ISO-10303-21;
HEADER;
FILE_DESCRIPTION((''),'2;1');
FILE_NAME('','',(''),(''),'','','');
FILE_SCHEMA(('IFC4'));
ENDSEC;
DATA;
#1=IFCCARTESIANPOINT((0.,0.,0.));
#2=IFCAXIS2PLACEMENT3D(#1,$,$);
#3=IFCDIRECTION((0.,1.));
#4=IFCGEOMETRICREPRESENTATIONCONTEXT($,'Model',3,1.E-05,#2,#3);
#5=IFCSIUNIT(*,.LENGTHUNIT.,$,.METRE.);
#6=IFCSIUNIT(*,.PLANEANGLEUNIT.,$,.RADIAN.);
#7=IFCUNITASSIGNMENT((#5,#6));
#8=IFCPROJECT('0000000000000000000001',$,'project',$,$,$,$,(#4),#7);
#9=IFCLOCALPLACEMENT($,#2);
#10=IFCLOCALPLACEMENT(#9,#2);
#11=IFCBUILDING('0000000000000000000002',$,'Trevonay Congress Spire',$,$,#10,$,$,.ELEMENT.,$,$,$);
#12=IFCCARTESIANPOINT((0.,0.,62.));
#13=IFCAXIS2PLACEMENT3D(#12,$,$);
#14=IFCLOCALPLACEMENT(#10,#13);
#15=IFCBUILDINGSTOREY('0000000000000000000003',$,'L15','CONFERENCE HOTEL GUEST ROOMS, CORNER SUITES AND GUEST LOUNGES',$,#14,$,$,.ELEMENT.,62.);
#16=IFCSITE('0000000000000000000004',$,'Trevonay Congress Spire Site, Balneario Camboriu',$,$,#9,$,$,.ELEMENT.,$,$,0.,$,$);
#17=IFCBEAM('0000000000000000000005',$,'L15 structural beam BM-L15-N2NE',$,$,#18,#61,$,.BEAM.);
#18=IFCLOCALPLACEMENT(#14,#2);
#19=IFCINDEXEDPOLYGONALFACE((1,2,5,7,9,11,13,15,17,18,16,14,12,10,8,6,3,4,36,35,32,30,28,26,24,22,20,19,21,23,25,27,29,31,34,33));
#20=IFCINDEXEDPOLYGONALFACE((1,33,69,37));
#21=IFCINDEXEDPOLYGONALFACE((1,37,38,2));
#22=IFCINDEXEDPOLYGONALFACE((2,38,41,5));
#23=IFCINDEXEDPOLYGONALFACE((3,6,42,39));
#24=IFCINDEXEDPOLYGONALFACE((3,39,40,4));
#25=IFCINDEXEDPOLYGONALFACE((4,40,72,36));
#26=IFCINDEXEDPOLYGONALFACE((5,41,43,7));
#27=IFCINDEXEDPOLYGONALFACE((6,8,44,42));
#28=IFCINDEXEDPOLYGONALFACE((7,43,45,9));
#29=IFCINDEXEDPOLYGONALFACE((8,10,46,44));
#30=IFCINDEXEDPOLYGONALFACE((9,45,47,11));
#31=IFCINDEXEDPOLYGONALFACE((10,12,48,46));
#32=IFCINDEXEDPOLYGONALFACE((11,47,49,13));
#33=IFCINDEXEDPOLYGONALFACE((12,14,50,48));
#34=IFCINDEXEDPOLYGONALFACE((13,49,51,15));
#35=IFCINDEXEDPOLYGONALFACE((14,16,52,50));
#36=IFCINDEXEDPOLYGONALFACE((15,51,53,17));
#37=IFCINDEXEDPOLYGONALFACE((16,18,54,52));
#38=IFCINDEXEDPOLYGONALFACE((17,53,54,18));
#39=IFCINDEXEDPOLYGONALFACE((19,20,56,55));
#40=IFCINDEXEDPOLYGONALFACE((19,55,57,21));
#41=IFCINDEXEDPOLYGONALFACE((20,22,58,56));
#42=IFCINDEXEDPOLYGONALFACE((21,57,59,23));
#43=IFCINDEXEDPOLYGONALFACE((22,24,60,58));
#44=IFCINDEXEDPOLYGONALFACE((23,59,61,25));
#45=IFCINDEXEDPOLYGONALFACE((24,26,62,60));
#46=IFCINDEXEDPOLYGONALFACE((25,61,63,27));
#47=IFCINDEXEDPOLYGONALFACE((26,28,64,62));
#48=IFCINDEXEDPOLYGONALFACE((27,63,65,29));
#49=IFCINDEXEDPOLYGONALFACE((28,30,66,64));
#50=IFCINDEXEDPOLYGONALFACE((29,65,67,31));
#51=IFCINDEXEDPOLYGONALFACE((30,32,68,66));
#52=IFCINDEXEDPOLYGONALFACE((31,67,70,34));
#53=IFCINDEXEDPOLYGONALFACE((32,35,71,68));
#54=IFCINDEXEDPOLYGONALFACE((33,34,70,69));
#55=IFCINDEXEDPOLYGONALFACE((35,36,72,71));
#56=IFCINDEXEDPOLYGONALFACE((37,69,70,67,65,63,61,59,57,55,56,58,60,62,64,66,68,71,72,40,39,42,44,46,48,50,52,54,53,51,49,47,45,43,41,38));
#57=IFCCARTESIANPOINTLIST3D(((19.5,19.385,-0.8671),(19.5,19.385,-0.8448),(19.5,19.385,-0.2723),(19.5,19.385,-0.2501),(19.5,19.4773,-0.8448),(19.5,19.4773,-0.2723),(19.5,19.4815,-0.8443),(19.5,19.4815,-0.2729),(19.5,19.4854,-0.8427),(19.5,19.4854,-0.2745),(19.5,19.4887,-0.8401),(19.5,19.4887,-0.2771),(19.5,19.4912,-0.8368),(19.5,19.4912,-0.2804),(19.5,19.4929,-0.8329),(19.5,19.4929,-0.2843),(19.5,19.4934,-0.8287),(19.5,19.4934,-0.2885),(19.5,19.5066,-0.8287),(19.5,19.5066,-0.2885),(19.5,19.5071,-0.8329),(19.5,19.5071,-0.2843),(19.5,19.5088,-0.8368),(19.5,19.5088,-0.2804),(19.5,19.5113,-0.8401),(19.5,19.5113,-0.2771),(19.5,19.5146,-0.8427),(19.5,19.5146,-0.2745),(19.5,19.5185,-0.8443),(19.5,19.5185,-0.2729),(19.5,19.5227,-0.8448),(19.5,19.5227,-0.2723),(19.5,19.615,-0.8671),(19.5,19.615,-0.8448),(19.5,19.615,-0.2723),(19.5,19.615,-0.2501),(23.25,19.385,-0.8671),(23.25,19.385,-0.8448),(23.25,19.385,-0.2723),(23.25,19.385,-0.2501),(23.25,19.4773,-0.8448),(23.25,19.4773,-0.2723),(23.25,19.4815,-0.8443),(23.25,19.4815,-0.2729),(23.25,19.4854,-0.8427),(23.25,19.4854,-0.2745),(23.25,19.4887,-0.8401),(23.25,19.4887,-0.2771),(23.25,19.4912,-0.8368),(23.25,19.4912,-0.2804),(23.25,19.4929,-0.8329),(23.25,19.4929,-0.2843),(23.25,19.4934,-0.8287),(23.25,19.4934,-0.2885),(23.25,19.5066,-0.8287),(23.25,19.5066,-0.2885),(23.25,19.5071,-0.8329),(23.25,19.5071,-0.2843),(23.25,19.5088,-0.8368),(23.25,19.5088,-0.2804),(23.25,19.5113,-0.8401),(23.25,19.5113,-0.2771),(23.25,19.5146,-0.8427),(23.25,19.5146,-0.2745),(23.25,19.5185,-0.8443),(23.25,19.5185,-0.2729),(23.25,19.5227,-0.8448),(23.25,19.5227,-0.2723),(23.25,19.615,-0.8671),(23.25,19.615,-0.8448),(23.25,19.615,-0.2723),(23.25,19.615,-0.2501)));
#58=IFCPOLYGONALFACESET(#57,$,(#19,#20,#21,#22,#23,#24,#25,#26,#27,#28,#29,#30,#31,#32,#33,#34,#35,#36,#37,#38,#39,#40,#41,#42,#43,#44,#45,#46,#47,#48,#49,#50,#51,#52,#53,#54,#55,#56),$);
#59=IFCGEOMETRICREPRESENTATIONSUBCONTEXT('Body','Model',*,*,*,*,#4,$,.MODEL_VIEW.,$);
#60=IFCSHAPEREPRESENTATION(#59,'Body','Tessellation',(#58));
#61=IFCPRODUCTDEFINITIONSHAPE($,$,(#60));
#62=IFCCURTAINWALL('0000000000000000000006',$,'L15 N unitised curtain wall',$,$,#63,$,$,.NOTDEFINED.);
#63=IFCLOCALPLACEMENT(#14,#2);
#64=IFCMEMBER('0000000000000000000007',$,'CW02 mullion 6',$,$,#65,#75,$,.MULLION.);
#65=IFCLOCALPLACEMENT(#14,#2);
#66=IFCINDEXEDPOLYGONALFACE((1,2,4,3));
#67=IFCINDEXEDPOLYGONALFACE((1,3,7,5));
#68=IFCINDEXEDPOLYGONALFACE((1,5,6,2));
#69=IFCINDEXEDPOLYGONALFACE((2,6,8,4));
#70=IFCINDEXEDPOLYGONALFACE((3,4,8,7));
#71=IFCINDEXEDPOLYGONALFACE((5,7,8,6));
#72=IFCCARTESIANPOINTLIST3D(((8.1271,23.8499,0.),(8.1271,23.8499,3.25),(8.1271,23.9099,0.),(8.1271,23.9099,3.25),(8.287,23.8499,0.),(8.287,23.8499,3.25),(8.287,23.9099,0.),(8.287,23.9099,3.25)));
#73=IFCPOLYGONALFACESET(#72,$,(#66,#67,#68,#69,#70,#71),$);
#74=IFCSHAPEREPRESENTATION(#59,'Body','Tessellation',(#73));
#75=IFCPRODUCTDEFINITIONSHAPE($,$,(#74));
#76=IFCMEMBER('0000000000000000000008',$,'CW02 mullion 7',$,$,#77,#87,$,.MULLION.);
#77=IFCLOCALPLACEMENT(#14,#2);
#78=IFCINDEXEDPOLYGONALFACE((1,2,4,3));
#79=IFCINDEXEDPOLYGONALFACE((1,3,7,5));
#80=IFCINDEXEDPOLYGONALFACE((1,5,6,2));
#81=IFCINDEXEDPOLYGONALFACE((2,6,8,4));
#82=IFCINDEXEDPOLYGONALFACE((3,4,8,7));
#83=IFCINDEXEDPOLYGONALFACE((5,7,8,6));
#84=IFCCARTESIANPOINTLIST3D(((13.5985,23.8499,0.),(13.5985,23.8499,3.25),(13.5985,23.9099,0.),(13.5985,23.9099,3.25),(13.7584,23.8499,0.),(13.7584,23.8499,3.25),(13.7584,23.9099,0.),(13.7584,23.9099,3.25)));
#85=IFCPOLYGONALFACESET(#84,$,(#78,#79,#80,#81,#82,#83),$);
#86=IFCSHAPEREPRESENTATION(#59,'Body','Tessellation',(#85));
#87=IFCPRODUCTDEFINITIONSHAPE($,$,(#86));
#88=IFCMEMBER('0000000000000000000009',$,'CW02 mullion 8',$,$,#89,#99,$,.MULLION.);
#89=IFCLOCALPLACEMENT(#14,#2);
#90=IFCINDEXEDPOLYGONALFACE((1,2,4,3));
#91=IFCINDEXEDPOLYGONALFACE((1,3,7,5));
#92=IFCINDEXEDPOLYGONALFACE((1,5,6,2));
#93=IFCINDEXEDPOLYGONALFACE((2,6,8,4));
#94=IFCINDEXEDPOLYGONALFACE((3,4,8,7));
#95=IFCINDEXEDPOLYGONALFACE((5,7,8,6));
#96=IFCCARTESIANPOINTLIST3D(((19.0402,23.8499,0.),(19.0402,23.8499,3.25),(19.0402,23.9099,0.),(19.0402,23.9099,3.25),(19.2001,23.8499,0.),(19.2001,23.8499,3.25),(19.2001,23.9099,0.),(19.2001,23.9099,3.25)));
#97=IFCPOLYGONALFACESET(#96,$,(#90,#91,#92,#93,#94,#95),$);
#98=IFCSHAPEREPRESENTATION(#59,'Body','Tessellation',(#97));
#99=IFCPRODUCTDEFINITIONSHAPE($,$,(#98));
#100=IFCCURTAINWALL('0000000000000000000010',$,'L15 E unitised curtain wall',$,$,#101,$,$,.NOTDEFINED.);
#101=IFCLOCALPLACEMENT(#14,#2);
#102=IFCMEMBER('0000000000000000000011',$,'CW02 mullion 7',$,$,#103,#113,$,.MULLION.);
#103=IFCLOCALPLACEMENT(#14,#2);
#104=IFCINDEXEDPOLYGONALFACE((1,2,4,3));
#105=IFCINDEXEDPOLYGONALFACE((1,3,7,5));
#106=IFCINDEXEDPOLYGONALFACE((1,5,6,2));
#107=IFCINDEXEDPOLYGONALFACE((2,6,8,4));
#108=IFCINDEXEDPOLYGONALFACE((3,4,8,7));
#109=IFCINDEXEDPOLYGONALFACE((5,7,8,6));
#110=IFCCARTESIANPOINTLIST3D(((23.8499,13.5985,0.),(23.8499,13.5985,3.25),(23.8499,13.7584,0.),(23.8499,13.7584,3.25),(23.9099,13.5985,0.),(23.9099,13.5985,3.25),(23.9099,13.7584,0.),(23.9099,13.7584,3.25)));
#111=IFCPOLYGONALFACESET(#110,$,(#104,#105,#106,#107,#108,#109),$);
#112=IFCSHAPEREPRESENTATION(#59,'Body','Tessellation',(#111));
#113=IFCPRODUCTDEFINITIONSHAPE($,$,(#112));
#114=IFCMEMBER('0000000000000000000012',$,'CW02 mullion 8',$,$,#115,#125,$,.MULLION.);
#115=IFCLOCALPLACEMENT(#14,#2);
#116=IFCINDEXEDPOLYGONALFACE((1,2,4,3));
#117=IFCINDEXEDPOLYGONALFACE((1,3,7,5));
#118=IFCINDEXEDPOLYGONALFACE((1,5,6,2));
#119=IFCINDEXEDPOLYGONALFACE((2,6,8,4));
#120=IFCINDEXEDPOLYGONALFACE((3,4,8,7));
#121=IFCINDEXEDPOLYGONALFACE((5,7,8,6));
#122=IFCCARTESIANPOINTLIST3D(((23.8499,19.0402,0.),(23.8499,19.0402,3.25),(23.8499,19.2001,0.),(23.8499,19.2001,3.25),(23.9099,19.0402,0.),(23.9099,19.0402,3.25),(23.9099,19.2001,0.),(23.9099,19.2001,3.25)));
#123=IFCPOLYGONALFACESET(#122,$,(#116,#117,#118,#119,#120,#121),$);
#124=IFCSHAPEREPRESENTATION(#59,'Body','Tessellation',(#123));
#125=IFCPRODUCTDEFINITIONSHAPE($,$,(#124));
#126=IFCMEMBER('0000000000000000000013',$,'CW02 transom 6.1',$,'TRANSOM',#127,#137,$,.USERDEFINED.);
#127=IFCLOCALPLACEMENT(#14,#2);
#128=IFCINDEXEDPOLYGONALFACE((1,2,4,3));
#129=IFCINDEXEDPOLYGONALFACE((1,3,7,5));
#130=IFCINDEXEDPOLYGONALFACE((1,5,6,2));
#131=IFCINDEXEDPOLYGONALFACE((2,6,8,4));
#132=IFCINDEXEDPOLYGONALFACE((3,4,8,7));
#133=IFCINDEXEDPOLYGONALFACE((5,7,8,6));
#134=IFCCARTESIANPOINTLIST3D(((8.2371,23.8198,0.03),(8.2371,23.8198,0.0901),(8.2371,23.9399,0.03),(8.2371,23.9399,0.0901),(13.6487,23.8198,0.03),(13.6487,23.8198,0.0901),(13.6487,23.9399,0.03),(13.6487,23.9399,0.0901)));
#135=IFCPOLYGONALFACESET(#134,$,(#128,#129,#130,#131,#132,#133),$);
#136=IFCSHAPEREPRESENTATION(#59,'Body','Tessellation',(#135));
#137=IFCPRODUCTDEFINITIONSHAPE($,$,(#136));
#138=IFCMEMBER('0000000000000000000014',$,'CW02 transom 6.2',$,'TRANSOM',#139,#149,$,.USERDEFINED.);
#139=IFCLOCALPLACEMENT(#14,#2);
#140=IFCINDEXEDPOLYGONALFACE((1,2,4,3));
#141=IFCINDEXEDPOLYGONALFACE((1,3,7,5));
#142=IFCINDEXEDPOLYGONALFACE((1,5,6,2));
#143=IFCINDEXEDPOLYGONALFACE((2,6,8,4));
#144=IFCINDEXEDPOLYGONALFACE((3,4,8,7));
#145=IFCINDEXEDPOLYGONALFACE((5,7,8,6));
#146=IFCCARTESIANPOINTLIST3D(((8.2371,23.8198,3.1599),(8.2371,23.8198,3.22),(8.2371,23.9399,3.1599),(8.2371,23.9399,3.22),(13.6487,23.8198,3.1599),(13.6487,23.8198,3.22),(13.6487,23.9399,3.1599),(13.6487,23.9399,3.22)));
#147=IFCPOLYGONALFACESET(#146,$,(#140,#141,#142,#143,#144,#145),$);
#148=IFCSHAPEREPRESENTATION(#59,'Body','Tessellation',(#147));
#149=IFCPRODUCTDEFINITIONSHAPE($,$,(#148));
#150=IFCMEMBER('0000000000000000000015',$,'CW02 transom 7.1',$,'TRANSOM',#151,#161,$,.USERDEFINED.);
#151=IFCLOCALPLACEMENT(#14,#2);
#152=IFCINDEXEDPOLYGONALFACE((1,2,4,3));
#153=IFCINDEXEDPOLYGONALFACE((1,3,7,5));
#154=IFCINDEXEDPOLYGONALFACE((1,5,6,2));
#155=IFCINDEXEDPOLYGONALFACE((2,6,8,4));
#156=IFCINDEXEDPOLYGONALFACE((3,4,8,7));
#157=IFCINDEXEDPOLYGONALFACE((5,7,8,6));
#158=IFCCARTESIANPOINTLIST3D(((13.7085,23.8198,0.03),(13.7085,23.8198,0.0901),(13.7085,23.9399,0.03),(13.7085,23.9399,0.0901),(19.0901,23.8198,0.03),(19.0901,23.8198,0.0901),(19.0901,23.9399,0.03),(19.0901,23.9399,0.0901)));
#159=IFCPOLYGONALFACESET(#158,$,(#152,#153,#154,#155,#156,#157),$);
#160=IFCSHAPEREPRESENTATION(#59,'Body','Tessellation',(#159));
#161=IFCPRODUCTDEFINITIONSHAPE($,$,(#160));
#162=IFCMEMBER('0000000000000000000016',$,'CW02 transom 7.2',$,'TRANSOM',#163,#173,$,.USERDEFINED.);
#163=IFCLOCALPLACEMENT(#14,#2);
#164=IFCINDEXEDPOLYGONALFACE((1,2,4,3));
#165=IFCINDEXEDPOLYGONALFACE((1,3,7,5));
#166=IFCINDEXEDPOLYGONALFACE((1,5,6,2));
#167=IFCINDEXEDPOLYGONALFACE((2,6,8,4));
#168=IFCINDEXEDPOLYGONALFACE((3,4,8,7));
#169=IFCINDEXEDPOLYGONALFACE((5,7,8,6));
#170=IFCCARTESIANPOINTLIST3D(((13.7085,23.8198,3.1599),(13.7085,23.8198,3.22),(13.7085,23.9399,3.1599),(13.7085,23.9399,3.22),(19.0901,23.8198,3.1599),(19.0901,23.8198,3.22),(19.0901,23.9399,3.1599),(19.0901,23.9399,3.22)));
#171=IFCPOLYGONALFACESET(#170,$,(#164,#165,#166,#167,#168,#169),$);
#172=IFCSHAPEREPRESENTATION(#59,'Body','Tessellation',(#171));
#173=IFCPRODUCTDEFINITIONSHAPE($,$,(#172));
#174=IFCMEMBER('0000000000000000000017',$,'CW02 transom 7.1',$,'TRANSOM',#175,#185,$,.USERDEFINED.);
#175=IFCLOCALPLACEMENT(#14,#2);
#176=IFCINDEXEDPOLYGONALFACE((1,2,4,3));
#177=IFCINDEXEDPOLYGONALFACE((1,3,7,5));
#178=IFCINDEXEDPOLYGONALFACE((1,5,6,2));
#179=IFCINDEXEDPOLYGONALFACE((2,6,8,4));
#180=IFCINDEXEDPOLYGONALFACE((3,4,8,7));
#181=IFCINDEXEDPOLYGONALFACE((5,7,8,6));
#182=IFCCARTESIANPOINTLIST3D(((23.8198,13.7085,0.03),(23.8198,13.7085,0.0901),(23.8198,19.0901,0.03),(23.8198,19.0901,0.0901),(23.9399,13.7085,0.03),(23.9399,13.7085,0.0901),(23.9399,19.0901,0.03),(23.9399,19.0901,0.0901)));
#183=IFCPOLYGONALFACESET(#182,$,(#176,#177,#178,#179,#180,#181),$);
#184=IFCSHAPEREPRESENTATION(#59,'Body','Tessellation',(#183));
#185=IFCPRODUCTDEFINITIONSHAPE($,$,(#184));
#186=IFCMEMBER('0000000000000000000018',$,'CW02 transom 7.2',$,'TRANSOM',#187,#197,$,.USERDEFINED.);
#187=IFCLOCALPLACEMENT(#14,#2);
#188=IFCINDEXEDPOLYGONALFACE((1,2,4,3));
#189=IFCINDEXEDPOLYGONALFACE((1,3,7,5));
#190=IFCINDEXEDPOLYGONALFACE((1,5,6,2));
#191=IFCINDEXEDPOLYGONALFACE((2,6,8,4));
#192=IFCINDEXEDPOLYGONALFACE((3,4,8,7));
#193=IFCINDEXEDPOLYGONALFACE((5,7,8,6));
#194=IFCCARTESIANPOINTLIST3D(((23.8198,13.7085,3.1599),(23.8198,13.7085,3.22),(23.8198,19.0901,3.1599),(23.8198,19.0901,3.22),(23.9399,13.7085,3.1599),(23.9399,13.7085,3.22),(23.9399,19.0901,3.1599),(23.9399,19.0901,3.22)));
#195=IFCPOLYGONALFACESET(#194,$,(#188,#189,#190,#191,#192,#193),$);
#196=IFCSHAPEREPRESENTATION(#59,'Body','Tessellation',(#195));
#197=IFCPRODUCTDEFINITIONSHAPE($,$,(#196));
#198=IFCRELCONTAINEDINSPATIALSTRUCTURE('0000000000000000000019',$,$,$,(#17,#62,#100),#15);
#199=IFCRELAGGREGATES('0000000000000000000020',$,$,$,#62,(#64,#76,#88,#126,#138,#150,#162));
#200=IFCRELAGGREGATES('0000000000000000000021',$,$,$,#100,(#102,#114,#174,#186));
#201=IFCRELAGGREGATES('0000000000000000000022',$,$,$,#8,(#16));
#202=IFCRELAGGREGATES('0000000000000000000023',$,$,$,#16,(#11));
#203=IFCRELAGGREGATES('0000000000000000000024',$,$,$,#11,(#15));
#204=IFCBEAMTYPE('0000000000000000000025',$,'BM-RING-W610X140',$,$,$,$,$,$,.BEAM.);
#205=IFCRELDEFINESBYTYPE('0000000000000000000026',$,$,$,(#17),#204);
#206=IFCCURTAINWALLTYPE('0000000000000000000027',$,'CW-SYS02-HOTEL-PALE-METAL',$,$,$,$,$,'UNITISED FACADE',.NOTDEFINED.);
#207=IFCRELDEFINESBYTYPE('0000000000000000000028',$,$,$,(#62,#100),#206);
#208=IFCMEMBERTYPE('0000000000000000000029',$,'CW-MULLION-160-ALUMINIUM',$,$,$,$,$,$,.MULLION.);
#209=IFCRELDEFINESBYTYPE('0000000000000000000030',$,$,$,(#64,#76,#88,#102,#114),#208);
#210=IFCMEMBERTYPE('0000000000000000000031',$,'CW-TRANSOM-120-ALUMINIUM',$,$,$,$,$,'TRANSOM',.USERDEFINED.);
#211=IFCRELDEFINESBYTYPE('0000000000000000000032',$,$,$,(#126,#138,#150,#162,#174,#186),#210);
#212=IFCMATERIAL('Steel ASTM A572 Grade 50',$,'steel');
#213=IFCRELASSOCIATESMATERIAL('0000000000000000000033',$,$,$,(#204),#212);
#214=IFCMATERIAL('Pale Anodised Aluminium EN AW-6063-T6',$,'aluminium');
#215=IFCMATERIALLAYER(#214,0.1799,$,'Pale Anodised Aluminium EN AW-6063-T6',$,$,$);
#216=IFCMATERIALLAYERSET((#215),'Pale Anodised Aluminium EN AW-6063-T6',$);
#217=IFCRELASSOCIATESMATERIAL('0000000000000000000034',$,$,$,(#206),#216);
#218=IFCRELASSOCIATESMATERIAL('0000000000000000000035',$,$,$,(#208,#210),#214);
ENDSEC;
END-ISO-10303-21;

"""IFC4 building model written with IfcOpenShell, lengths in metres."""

from ifc_helpers import new_model, si_unit, direction, frame, origin, origin_2d, place, context, subcontext, project, spatial, rectangle, i_section, extrude, material, layer, layer_set, material_profile, profile_set, type_object, element, aggregate, save


model = new_model("IFC4")

# Units and contexts
model_context = context("Model", 3, precision=1e-05, world=origin(), true_north=direction((0.0, 1.0)))
body_context = subcontext(model_context, "Body", "Model", "MODEL_VIEW")
ifc_project = project(units=[si_unit("LENGTHUNIT", "METRE"), si_unit("PLANEANGLEUNIT", "RADIAN")], contexts=[model_context])

# Site, building, storey
site_placement = place(None, origin())
site = spatial("IfcSite", under=ifc_project, at=site_placement, Name="Trevonay Congress Spire Site, Balneario Camboriu", CompositionType="ELEMENT", RefElevation=0.0)
building_placement = place(site_placement, origin())
building = spatial("IfcBuilding", under=site, at=building_placement, Name="Trevonay Congress Spire", CompositionType="ELEMENT")
storey_placement = place(building_placement, frame((0.0, 0.0, 62.0)))
storey = spatial("IfcBuildingStorey", under=building, at=storey_placement, Name="L15", Description="CONFERENCE HOTEL GUEST ROOMS, CORNER SUITES AND GUEST LOUNGES", CompositionType="ELEMENT", Elevation=62.0)

# Shared definitions
ifc_material_1 = material(Name="Steel ASTM A572 Grade 50", Category="steel")

# Beam
ifc_material_profile_1 = material_profile(ifc_material_1, i_section(OverallWidth=0.23, OverallDepth=0.6169, WebThickness=0.0132, FlangeThickness=0.0222, FilletRadius=0.0161, at=origin_2d()), Name="W610x140")
ifc_profile_set_1 = profile_set([ifc_material_profile_1], Name="Steel ASTM A572 Grade 50")
beam_type = type_object("IfcBeamType", Name="BM-RING-W610X140", PredefinedType="BEAM", material=ifc_profile_set_1)
for number, where, z_axis, x_axis, name in (
    (1, (23.25, 19.5, -0.5586), (-1.0, 0.0, 0.0), (0.0, -1.0, 0.0), "L15 structural beam BM-L15-N2NE"),
):
    element("IfcBeam", number, at=place(storey_placement, frame(where, z_axis=z_axis, x_axis=x_axis)), inside=storey, type_object=beam_type, Name=name, PredefinedType="BEAM", context=body_context, shape_type="SweptSolid", body=[
        extrude(i_section(OverallWidth=0.23, OverallDepth=0.6169, WebThickness=0.0132, FlangeThickness=0.0222, FilletRadius=0.0161, at=origin_2d()), origin(), (0.0, 0.0, 1.0), 3.75),
    ])

# Curtain walls, members
ifc_material_2 = material(Name="Pale Anodised Aluminium EN AW-6063-T6", Category="aluminium")
ifc_layer_1 = layer(ifc_material_2, 0.1799, Name="Pale Anodised Aluminium EN AW-6063-T6")
ifc_layer_set_1 = layer_set([ifc_layer_1], Name="Pale Anodised Aluminium EN AW-6063-T6")
curtain_wall_type = type_object("IfcCurtainWallType", Name="CW-SYS02-HOTEL-PALE-METAL", ElementType="UNITISED FACADE", PredefinedType="NOTDEFINED", material=ifc_layer_set_1)
curtain_wall_1_placement = place(storey_placement, origin())
curtain_wall_1 = element("IfcCurtainWall", 2, at=curtain_wall_1_placement, inside=storey, type_object=curtain_wall_type, Name="L15 N unitised curtain wall", PredefinedType="NOTDEFINED")
ifc_material_profile_2 = material_profile(ifc_material_2, rectangle(XDim=0.0601, YDim=0.1599, at=origin_2d()), Name="CW-MULLION-160-ALUMINIUM")
ifc_profile_set_2 = profile_set([ifc_material_profile_2], Name="Pale Anodised Aluminium EN AW-6063-T6")
member_type_1 = type_object("IfcMemberType", Name="CW-MULLION-160-ALUMINIUM", PredefinedType="MULLION", material=ifc_profile_set_2)
member_1_placement = place(storey_placement, frame((8.207, 23.8799, 0.0), z_axis=(0.0, 0.0, 1.0), x_axis=(0.0, 1.0, 0.0)))
member_1 = element("IfcMember", 3, at=member_1_placement, type_object=member_type_1, Name="CW02 mullion 6", PredefinedType="MULLION", context=body_context, shape_type="SweptSolid", body=[
    extrude(rectangle(XDim=0.0601, YDim=0.1599, at=origin_2d()), origin(), (0.0, 0.0, 1.0), 3.25),
])
member_2_placement = place(storey_placement, frame((13.6785, 23.8799, 0.0), z_axis=(0.0, 0.0, 1.0), x_axis=(0.0, 1.0, 0.0)))
member_2 = element("IfcMember", 4, at=member_2_placement, type_object=member_type_1, Name="CW02 mullion 7", PredefinedType="MULLION", context=body_context, shape_type="SweptSolid", body=[
    extrude(rectangle(XDim=0.0601, YDim=0.1599, at=origin_2d()), origin(), (0.0, 0.0, 1.0), 3.25),
])
member_3_placement = place(storey_placement, frame((19.1201, 23.8799, 0.0), z_axis=(0.0, 0.0, 1.0), x_axis=(0.0, 1.0, 0.0)))
member_3 = element("IfcMember", 5, at=member_3_placement, type_object=member_type_1, Name="CW02 mullion 8", PredefinedType="MULLION", context=body_context, shape_type="SweptSolid", body=[
    extrude(rectangle(XDim=0.0601, YDim=0.1599, at=origin_2d()), origin(), (0.0, 0.0, 1.0), 3.25),
])
curtain_wall_2_placement = place(storey_placement, origin())
curtain_wall_2 = element("IfcCurtainWall", 6, at=curtain_wall_2_placement, inside=storey, type_object=curtain_wall_type, Name="L15 E unitised curtain wall", PredefinedType="NOTDEFINED")
member_4_placement = place(storey_placement, frame((23.8799, 13.6785, 0.0), z_axis=(0.0, 0.0, 1.0), x_axis=(-1.0, 0.0, 0.0)))
member_4 = element("IfcMember", 7, at=member_4_placement, type_object=member_type_1, Name="CW02 mullion 7", PredefinedType="MULLION", context=body_context, shape_type="SweptSolid", body=[
    extrude(rectangle(XDim=0.0601, YDim=0.1599, at=origin_2d()), origin(), (0.0, 0.0, 1.0), 3.25),
])
member_5_placement = place(storey_placement, frame((23.8799, 19.1201, 0.0), z_axis=(0.0, 0.0, 1.0), x_axis=(-1.0, 0.0, 0.0)))
member_5 = element("IfcMember", 8, at=member_5_placement, type_object=member_type_1, Name="CW02 mullion 8", PredefinedType="MULLION", context=body_context, shape_type="SweptSolid", body=[
    extrude(rectangle(XDim=0.0601, YDim=0.1599, at=origin_2d()), origin(), (0.0, 0.0, 1.0), 3.25),
])

# Members
ifc_material_profile_3 = material_profile(ifc_material_2, rectangle(XDim=0.1201, YDim=0.0601, at=origin_2d()), Name="CW-TRANSOM-120-ALUMINIUM")
ifc_profile_set_3 = profile_set([ifc_material_profile_3], Name="Pale Anodised Aluminium EN AW-6063-T6")
member_type_2 = type_object("IfcMemberType", Name="CW-TRANSOM-120-ALUMINIUM", ElementType="TRANSOM", PredefinedType="USERDEFINED", material=ifc_profile_set_3)
member_6_placement = place(storey_placement, frame((8.2371, 23.8799, 0.0601), z_axis=(1.0, 0.0, 0.0), x_axis=(0.0, 1.0, 0.0)))
member_6 = element("IfcMember", 9, at=member_6_placement, type_object=member_type_2, Name="CW02 transom 6.1", ObjectType="TRANSOM", PredefinedType="USERDEFINED", context=body_context, shape_type="SweptSolid", body=[
    extrude(rectangle(XDim=0.1201, YDim=0.0601, at=origin_2d()), origin(), (0.0, 0.0, 1.0), 5.4116),
])
member_7_placement = place(storey_placement, frame((8.2371, 23.8799, 3.1899), z_axis=(1.0, 0.0, 0.0), x_axis=(0.0, 1.0, 0.0)))
member_7 = element("IfcMember", 10, at=member_7_placement, type_object=member_type_2, Name="CW02 transom 6.2", ObjectType="TRANSOM", PredefinedType="USERDEFINED", context=body_context, shape_type="SweptSolid", body=[
    extrude(rectangle(XDim=0.1201, YDim=0.0601, at=origin_2d()), origin(), (0.0, 0.0, 1.0), 5.4116),
])
member_8_placement = place(storey_placement, frame((13.7085, 23.8799, 0.0601), z_axis=(1.0, 0.0, 0.0), x_axis=(0.0, 1.0, 0.0)))
member_8 = element("IfcMember", 11, at=member_8_placement, type_object=member_type_2, Name="CW02 transom 7.1", ObjectType="TRANSOM", PredefinedType="USERDEFINED", context=body_context, shape_type="SweptSolid", body=[
    extrude(rectangle(XDim=0.1201, YDim=0.0601, at=origin_2d()), origin(), (0.0, 0.0, 1.0), 5.3816),
])
member_9_placement = place(storey_placement, frame((13.7085, 23.8799, 3.1899), z_axis=(1.0, 0.0, 0.0), x_axis=(0.0, 1.0, 0.0)))
member_9 = element("IfcMember", 12, at=member_9_placement, type_object=member_type_2, Name="CW02 transom 7.2", ObjectType="TRANSOM", PredefinedType="USERDEFINED", context=body_context, shape_type="SweptSolid", body=[
    extrude(rectangle(XDim=0.1201, YDim=0.0601, at=origin_2d()), origin(), (0.0, 0.0, 1.0), 5.3816),
])
member_10_placement = place(storey_placement, frame((23.8799, 13.7085, 0.0601), z_axis=(0.0, 1.0, 0.0), x_axis=(-1.0, 0.0, 0.0)))
member_10 = element("IfcMember", 13, at=member_10_placement, type_object=member_type_2, Name="CW02 transom 7.1", ObjectType="TRANSOM", PredefinedType="USERDEFINED", context=body_context, shape_type="SweptSolid", body=[
    extrude(rectangle(XDim=0.1201, YDim=0.0601, at=origin_2d()), origin(), (0.0, 0.0, 1.0), 5.3816),
])
member_11_placement = place(storey_placement, frame((23.8799, 13.7085, 3.1899), z_axis=(0.0, 1.0, 0.0), x_axis=(-1.0, 0.0, 0.0)))
member_11 = element("IfcMember", 14, at=member_11_placement, type_object=member_type_2, Name="CW02 transom 7.2", ObjectType="TRANSOM", PredefinedType="USERDEFINED", context=body_context, shape_type="SweptSolid", body=[
    extrude(rectangle(XDim=0.1201, YDim=0.0601, at=origin_2d()), origin(), (0.0, 0.0, 1.0), 5.3816),
])

aggregate(curtain_wall_1, [member_1, member_2, member_3, member_6, member_7, member_8, member_9])
aggregate(curtain_wall_2, [member_4, member_5, member_10, member_11])

save(model, "model.ifc")
